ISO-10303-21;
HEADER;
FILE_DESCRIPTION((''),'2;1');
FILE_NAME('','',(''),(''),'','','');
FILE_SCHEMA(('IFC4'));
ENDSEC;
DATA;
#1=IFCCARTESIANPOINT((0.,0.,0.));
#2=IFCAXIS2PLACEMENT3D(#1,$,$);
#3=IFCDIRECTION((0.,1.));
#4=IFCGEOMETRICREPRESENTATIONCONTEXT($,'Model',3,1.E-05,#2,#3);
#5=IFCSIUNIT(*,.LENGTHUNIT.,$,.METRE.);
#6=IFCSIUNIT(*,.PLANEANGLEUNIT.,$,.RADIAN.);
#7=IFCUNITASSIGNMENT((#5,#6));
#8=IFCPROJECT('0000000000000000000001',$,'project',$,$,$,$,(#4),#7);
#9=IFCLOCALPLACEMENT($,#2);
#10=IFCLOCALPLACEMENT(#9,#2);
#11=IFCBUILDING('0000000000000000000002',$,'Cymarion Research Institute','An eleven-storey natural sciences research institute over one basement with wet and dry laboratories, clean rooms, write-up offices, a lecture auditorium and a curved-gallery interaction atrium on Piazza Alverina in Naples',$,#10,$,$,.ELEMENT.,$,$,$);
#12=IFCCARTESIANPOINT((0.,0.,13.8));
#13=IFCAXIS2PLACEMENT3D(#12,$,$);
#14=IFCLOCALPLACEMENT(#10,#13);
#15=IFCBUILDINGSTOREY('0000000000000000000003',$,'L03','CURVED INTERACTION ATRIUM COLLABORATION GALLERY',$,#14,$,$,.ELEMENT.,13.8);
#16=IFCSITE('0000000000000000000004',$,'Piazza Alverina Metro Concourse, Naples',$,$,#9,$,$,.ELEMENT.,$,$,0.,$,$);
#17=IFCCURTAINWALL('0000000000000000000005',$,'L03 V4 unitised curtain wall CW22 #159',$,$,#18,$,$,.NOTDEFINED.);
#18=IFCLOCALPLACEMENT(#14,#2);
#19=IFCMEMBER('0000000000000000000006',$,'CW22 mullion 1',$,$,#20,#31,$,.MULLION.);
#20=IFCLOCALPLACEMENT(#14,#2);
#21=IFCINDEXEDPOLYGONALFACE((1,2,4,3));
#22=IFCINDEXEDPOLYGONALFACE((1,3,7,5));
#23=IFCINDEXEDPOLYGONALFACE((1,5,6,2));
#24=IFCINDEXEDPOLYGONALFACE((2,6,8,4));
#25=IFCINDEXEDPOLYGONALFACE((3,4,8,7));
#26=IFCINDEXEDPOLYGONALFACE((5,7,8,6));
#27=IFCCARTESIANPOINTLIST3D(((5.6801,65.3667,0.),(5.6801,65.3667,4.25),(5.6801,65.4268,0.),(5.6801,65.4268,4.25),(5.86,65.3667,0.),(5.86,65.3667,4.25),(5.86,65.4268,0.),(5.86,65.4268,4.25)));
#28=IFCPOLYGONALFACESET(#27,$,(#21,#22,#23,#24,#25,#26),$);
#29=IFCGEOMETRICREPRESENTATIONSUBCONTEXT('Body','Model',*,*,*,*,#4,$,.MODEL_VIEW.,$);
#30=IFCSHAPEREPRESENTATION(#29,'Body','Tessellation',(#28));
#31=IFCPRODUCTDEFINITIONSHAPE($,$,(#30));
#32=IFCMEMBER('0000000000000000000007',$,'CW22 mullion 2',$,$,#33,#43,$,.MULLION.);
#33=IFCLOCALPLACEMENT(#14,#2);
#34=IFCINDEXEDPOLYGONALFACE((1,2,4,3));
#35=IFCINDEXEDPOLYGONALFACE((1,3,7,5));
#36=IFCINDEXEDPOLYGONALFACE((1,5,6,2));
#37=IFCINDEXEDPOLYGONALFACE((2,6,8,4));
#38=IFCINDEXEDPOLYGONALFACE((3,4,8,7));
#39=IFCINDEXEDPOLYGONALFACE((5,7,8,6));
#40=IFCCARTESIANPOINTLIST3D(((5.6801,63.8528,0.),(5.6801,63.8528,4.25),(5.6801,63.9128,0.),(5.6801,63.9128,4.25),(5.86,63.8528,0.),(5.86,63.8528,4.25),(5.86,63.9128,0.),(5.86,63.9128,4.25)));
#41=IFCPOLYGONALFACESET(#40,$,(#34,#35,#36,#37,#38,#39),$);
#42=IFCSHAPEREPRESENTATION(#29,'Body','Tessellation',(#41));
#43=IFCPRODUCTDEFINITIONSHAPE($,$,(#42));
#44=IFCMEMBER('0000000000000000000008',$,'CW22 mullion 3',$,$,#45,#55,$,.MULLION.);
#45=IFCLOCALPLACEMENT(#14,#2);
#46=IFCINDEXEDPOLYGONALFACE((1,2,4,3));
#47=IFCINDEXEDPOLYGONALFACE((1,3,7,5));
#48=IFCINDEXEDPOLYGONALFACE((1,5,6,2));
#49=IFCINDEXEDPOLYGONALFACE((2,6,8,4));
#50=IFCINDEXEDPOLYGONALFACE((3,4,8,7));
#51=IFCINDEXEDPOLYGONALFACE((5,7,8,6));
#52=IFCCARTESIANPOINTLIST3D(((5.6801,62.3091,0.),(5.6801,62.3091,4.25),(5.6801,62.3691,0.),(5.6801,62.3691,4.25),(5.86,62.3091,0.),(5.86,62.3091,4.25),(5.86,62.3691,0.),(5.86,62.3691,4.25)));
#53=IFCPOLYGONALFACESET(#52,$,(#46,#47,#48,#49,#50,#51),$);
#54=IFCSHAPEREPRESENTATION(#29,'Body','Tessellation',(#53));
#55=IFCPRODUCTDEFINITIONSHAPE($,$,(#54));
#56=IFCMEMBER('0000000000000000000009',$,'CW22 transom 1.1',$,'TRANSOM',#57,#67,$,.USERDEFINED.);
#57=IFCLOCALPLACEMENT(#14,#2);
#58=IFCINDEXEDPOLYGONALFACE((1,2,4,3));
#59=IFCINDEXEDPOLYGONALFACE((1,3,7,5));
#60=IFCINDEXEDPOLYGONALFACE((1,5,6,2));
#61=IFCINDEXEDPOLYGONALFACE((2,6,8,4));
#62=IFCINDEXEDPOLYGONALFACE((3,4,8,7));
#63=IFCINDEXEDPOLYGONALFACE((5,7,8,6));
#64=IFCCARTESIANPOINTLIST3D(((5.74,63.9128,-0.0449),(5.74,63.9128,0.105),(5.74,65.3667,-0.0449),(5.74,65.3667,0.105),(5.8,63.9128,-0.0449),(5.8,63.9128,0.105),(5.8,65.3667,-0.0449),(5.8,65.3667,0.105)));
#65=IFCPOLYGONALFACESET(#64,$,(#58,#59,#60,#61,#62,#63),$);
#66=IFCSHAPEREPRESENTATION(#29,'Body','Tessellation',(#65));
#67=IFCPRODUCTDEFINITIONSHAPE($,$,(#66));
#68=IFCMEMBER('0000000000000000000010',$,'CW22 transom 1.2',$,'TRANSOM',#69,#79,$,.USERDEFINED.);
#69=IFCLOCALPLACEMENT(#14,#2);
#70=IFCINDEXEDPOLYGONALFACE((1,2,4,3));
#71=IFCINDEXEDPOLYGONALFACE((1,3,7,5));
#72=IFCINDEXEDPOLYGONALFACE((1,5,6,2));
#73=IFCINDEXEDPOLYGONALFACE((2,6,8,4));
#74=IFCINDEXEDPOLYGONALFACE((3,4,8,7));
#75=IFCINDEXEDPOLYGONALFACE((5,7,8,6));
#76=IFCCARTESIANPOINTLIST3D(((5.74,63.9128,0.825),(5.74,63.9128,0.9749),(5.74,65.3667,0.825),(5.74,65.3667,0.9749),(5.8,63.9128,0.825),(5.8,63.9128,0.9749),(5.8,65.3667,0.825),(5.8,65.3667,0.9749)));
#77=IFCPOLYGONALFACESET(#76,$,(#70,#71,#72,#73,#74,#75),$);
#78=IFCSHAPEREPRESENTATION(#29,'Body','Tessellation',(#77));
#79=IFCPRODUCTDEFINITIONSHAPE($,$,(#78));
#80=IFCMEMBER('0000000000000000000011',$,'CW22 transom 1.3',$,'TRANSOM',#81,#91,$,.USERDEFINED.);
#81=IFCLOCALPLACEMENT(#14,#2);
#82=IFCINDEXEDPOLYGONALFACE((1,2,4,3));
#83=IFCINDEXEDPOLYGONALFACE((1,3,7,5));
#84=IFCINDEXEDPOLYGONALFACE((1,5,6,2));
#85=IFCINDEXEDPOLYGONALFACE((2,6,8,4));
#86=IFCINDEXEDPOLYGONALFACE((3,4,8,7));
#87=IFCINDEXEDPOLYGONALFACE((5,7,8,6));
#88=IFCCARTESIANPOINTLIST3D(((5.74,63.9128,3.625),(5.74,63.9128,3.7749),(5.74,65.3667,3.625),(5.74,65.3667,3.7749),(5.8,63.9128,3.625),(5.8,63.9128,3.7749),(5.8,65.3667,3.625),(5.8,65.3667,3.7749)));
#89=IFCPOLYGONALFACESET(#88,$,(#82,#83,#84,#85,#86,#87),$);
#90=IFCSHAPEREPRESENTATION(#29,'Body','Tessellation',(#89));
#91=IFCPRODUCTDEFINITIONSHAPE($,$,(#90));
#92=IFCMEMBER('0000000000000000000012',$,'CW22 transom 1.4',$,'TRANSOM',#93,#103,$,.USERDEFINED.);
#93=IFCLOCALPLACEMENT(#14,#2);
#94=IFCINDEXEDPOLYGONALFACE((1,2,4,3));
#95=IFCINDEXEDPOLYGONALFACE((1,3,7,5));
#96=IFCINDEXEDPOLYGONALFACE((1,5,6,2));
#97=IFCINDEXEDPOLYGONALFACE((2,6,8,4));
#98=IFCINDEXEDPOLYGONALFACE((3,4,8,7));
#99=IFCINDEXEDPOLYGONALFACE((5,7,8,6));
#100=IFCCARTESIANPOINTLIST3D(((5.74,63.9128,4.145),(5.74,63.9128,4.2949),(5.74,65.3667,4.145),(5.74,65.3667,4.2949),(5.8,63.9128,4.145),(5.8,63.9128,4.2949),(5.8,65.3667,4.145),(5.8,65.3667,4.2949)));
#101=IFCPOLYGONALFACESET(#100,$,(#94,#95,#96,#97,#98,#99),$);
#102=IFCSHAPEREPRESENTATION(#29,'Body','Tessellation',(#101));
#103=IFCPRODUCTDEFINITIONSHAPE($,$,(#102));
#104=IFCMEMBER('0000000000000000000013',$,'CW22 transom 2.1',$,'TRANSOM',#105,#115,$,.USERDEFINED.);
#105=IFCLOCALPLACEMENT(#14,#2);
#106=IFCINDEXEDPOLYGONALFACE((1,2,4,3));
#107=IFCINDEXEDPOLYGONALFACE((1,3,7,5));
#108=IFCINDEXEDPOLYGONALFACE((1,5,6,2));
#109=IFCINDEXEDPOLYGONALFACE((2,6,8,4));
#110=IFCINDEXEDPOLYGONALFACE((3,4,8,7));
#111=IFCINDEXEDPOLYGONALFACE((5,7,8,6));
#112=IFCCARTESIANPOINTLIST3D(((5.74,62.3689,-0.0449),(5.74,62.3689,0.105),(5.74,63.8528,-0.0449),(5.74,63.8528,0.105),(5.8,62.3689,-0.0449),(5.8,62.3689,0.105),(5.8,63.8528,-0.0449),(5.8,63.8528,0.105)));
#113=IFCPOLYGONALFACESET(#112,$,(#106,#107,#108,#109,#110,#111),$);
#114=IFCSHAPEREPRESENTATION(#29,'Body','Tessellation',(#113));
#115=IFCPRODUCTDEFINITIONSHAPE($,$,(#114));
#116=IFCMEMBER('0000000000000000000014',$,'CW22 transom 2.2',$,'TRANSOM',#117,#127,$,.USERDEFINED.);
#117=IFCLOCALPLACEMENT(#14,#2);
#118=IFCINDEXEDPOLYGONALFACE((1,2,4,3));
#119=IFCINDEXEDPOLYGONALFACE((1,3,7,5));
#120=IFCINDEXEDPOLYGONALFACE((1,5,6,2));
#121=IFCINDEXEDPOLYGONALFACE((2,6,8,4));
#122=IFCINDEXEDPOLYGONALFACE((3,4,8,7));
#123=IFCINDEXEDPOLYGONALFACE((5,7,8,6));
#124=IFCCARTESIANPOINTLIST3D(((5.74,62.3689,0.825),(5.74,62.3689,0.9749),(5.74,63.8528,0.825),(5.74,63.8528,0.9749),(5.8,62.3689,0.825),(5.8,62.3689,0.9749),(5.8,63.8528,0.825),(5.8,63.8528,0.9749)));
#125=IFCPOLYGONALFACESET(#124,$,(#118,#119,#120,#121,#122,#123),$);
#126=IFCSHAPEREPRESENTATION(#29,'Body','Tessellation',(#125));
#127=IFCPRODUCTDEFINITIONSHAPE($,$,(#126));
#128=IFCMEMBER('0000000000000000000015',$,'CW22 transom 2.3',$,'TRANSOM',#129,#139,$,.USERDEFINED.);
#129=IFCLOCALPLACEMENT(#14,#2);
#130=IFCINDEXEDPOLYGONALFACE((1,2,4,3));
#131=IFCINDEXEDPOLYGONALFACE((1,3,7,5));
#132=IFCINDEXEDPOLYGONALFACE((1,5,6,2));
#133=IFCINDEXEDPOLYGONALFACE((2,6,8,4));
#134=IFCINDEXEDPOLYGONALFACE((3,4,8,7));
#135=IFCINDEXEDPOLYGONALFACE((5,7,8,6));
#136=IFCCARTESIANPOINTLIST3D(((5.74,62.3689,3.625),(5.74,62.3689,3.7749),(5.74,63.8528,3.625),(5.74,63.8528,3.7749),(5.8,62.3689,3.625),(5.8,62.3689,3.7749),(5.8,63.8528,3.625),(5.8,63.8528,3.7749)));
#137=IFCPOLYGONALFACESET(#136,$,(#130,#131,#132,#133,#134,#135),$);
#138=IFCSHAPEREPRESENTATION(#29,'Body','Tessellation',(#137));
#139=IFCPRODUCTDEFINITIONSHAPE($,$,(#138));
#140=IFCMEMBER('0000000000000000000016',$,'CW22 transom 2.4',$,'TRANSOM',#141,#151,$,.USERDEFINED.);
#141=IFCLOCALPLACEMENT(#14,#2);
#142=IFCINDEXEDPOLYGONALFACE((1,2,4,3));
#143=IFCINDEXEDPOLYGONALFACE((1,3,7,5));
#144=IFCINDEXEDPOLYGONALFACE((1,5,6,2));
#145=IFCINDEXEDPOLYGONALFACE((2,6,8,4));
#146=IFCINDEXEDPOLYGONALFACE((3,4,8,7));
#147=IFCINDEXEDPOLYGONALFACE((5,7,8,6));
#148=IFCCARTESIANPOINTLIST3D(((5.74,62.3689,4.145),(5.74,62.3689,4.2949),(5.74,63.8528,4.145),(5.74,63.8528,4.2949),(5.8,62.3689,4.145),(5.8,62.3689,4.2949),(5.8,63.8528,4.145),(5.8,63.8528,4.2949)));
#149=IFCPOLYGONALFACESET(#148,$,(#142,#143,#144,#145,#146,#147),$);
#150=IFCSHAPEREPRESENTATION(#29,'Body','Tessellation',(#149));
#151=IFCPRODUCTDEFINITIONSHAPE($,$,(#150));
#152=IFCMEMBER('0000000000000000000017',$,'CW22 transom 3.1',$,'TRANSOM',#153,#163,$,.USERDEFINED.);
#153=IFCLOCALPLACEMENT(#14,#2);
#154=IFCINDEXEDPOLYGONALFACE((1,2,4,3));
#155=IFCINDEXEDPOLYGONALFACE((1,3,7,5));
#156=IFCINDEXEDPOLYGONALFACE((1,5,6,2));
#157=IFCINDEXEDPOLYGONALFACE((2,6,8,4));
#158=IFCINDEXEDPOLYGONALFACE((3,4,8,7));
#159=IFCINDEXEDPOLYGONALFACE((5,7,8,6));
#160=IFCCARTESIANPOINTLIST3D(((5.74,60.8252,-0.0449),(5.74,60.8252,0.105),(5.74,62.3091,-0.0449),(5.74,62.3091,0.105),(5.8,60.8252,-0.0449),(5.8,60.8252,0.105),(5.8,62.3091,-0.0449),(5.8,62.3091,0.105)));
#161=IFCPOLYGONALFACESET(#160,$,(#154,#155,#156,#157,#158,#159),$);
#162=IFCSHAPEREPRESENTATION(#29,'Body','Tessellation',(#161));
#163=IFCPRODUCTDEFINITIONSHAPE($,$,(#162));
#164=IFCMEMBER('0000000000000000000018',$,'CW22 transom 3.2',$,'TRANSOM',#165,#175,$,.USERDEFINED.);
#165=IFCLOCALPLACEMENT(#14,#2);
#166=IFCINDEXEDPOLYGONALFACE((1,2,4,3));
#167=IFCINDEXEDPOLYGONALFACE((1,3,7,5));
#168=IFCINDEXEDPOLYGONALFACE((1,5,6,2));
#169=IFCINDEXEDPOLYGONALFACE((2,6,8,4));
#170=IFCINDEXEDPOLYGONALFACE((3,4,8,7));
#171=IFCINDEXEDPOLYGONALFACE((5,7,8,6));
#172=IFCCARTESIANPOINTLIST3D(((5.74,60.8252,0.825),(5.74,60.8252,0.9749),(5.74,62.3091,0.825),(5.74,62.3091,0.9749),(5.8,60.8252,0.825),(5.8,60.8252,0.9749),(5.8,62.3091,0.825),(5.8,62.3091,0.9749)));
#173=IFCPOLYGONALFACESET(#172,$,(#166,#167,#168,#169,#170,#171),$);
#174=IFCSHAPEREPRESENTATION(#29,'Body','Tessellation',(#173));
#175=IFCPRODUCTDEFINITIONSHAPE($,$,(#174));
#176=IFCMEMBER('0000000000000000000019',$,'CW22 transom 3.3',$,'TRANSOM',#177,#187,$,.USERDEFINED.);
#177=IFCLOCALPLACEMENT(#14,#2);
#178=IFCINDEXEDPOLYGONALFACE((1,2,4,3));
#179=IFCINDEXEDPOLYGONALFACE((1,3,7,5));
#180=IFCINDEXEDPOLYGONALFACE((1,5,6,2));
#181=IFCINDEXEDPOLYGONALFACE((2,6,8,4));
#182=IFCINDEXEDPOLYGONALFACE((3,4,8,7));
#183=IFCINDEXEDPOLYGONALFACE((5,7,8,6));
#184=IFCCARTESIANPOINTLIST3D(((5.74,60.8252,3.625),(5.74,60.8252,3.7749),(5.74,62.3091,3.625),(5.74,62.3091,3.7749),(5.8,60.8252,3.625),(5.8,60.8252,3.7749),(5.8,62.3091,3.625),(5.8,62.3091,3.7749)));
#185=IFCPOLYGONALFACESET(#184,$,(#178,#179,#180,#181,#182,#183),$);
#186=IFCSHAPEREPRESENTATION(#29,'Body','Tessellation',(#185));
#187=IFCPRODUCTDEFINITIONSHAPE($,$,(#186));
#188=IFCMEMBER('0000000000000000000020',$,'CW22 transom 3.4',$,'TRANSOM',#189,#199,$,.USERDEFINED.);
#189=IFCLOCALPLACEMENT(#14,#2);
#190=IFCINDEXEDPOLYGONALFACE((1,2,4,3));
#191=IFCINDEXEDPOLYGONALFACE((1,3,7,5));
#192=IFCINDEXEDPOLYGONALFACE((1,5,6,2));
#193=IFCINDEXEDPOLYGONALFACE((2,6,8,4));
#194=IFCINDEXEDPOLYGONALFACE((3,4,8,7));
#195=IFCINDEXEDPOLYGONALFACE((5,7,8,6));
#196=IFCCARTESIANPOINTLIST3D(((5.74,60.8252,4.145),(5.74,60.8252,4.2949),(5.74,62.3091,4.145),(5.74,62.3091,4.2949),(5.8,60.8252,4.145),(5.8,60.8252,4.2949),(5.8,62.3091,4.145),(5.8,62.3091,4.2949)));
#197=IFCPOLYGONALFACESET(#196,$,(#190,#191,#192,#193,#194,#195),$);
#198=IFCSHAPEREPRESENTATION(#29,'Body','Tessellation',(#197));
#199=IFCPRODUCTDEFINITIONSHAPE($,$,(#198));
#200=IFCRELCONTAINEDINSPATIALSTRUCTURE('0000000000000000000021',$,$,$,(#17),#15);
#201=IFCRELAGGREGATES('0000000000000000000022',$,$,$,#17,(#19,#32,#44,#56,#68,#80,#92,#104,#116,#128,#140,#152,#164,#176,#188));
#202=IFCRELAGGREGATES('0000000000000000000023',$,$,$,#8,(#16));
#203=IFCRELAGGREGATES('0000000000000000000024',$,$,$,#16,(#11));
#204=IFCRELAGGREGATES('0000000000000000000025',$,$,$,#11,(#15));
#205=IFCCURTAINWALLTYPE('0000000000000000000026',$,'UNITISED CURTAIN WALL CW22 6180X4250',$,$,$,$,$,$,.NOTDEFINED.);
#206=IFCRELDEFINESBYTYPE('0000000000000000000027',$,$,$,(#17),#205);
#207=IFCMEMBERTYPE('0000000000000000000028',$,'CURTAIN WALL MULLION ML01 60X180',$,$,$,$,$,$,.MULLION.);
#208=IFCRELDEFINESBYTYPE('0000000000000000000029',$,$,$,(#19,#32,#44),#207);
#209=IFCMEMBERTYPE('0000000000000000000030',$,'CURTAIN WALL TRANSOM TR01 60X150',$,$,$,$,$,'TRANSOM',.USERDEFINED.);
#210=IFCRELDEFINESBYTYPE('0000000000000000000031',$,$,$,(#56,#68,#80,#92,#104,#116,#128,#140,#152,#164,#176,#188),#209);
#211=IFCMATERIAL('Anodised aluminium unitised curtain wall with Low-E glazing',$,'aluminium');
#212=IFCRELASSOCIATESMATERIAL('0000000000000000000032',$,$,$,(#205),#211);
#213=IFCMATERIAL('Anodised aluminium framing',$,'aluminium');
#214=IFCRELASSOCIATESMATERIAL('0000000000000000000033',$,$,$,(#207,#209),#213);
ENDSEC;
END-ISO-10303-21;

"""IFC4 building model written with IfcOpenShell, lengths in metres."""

from ifc_helpers import new_model, si_unit, direction, frame, origin, origin_2d, place, context, subcontext, project, spatial, rectangle, extrude, material, material_profile, profile_set, type_object, element, aggregate, save


model = new_model("IFC4")

# Units and contexts
model_context = context("Model", 3, precision=1e-05, world=origin(), true_north=direction((0.0, 1.0)))
body_context = subcontext(model_context, "Body", "Model", "MODEL_VIEW")
ifc_project = project(units=[si_unit("LENGTHUNIT", "METRE"), si_unit("PLANEANGLEUNIT", "RADIAN")], contexts=[model_context])

# Site, building, storey
site_placement = place(None, origin())
site = spatial("IfcSite", under=ifc_project, at=site_placement, Name="Piazza Alverina Metro Concourse, Naples", CompositionType="ELEMENT", RefElevation=0.0)
building_placement = place(site_placement, origin())
building = spatial("IfcBuilding", under=site, at=building_placement, Name="Cymarion Research Institute", Description="An eleven-storey natural sciences research institute over one basement with wet and dry laboratories, clean rooms, write-up offices, a lecture auditorium and a curved-gallery interaction atrium on Piazza Alverina in Naples", CompositionType="ELEMENT")
storey_placement = place(building_placement, frame((0.0, 0.0, 13.8)))
storey = spatial("IfcBuildingStorey", under=building, at=storey_placement, Name="L03", Description="CURVED INTERACTION ATRIUM COLLABORATION GALLERY", CompositionType="ELEMENT", Elevation=13.8)

# Curtain wall, members
ifc_material_1 = material(Name="Anodised aluminium unitised curtain wall with Low-E glazing", Category="aluminium")
curtain_wall_type = type_object("IfcCurtainWallType", Name="UNITISED CURTAIN WALL CW22 6180X4250", PredefinedType="NOTDEFINED", material=ifc_material_1)
curtain_wall_placement = place(storey_placement, origin())
curtain_wall = element("IfcCurtainWall", 1, at=curtain_wall_placement, inside=storey, type_object=curtain_wall_type, Name="L03 V4 unitised curtain wall CW22 #159", PredefinedType="NOTDEFINED")
ifc_material_2 = material(Name="Anodised aluminium framing", Category="aluminium")
ifc_material_profile_1 = material_profile(ifc_material_2, rectangle(XDim=0.0601, YDim=0.1799, at=origin_2d()), Name="ALU MULLION 60x180")
ifc_profile_set_1 = profile_set([ifc_material_profile_1], Name="Anodised aluminium framing")
member_type_1 = type_object("IfcMemberType", Name="CURTAIN WALL MULLION ML01 60X180", PredefinedType="MULLION", material=ifc_profile_set_1)
member_1_placement = place(storey_placement, frame((5.77, 65.3967, 0.0), z_axis=(0.0, 0.0, 1.0), x_axis=(0.0, -1.0, 0.0)))
member_1 = element("IfcMember", 2, at=member_1_placement, type_object=member_type_1, Name="CW22 mullion 1", PredefinedType="MULLION", context=body_context, shape_type="SweptSolid", body=[
    extrude(rectangle(XDim=0.0601, YDim=0.1799, at=origin_2d()), origin(), (0.0, 0.0, 1.0), 4.25),
])
member_2_placement = place(storey_placement, frame((5.77, 63.8828, 0.0), z_axis=(0.0, 0.0, 1.0), x_axis=(0.0, -1.0, 0.0)))
member_2 = element("IfcMember", 3, at=member_2_placement, type_object=member_type_1, Name="CW22 mullion 2", PredefinedType="MULLION", context=body_context, shape_type="SweptSolid", body=[
    extrude(rectangle(XDim=0.0601, YDim=0.1799, at=origin_2d()), origin(), (0.0, 0.0, 1.0), 4.25),
])
member_3_placement = place(storey_placement, frame((5.77, 62.3391, 0.0), z_axis=(0.0, 0.0, 1.0), x_axis=(0.0, -1.0, 0.0)))
member_3 = element("IfcMember", 4, at=member_3_placement, type_object=member_type_1, Name="CW22 mullion 3", PredefinedType="MULLION", context=body_context, shape_type="SweptSolid", body=[
    extrude(rectangle(XDim=0.0601, YDim=0.1799, at=origin_2d()), origin(), (0.0, 0.0, 1.0), 4.25),
])
ifc_material_profile_2 = material_profile(ifc_material_2, rectangle(XDim=0.0601, YDim=0.1499, at=origin_2d()), Name="ALU TRANSOM 60x150")
ifc_profile_set_2 = profile_set([ifc_material_profile_2], Name="Anodised aluminium framing")
member_type_2 = type_object("IfcMemberType", Name="CURTAIN WALL TRANSOM TR01 60X150", ElementType="TRANSOM", PredefinedType="USERDEFINED", material=ifc_profile_set_2)
member_4_placement = place(storey_placement, frame((5.77, 65.3667, 0.03), z_axis=(0.0, -1.0, 0.0), x_axis=(1.0, 0.0, 0.0)))
member_4 = element("IfcMember", 5, at=member_4_placement, type_object=member_type_2, Name="CW22 transom 1.1", ObjectType="TRANSOM", PredefinedType="USERDEFINED", context=body_context, shape_type="SweptSolid", body=[
    extrude(rectangle(XDim=0.0601, YDim=0.1499, at=origin_2d()), origin(), (0.0, 0.0, 1.0), 1.4539),
])
member_5_placement = place(storey_placement, frame((5.77, 65.3667, 0.8999), z_axis=(0.0, -1.0, 0.0), x_axis=(1.0, 0.0, 0.0)))
member_5 = element("IfcMember", 6, at=member_5_placement, type_object=member_type_2, Name="CW22 transom 1.2", ObjectType="TRANSOM", PredefinedType="USERDEFINED", context=body_context, shape_type="SweptSolid", body=[
    extrude(rectangle(XDim=0.0601, YDim=0.1499, at=origin_2d()), origin(), (0.0, 0.0, 1.0), 1.4539),
])
member_6_placement = place(storey_placement, frame((5.77, 65.3667, 3.7), z_axis=(0.0, -1.0, 0.0), x_axis=(1.0, 0.0, 0.0)))
member_6 = element("IfcMember", 7, at=member_6_placement, type_object=member_type_2, Name="CW22 transom 1.3", ObjectType="TRANSOM", PredefinedType="USERDEFINED", context=body_context, shape_type="SweptSolid", body=[
    extrude(rectangle(XDim=0.0601, YDim=0.1499, at=origin_2d()), origin(), (0.0, 0.0, 1.0), 1.4539),
])
member_7_placement = place(storey_placement, frame((5.77, 65.3667, 4.22), z_axis=(0.0, -1.0, 0.0), x_axis=(1.0, 0.0, 0.0)))
member_7 = element("IfcMember", 8, at=member_7_placement, type_object=member_type_2, Name="CW22 transom 1.4", ObjectType="TRANSOM", PredefinedType="USERDEFINED", context=body_context, shape_type="SweptSolid", body=[
    extrude(rectangle(XDim=0.0601, YDim=0.1499, at=origin_2d()), origin(), (0.0, 0.0, 1.0), 1.4539),
])
member_8_placement = place(storey_placement, frame((5.77, 63.8528, 0.03), z_axis=(0.0, -1.0, 0.0), x_axis=(1.0, 0.0, 0.0)))
member_8 = element("IfcMember", 9, at=member_8_placement, type_object=member_type_2, Name="CW22 transom 2.1", ObjectType="TRANSOM", PredefinedType="USERDEFINED", context=body_context, shape_type="SweptSolid", body=[
    extrude(rectangle(XDim=0.0601, YDim=0.1499, at=origin_2d()), origin(), (0.0, 0.0, 1.0), 1.4839),
])
member_9_placement = place(storey_placement, frame((5.77, 63.8528, 0.8999), z_axis=(0.0, -1.0, 0.0), x_axis=(1.0, 0.0, 0.0)))
member_9 = element("IfcMember", 10, at=member_9_placement, type_object=member_type_2, Name="CW22 transom 2.2", ObjectType="TRANSOM", PredefinedType="USERDEFINED", context=body_context, shape_type="SweptSolid", body=[
    extrude(rectangle(XDim=0.0601, YDim=0.1499, at=origin_2d()), origin(), (0.0, 0.0, 1.0), 1.4839),
])
member_10_placement = place(storey_placement, frame((5.77, 63.8528, 3.7), z_axis=(0.0, -1.0, 0.0), x_axis=(1.0, 0.0, 0.0)))
member_10 = element("IfcMember", 11, at=member_10_placement, type_object=member_type_2, Name="CW22 transom 2.3", ObjectType="TRANSOM", PredefinedType="USERDEFINED", context=body_context, shape_type="SweptSolid", body=[
    extrude(rectangle(XDim=0.0601, YDim=0.1499, at=origin_2d()), origin(), (0.0, 0.0, 1.0), 1.4839),
])
member_11_placement = place(storey_placement, frame((5.77, 63.8528, 4.22), z_axis=(0.0, -1.0, 0.0), x_axis=(1.0, 0.0, 0.0)))
member_11 = element("IfcMember", 12, at=member_11_placement, type_object=member_type_2, Name="CW22 transom 2.4", ObjectType="TRANSOM", PredefinedType="USERDEFINED", context=body_context, shape_type="SweptSolid", body=[
    extrude(rectangle(XDim=0.0601, YDim=0.1499, at=origin_2d()), origin(), (0.0, 0.0, 1.0), 1.4839),
])
member_12_placement = place(storey_placement, frame((5.77, 62.3091, 0.03), z_axis=(0.0, -1.0, 0.0), x_axis=(1.0, 0.0, 0.0)))
member_12 = element("IfcMember", 13, at=member_12_placement, type_object=member_type_2, Name="CW22 transom 3.1", ObjectType="TRANSOM", PredefinedType="USERDEFINED", context=body_context, shape_type="SweptSolid", body=[
    extrude(rectangle(XDim=0.0601, YDim=0.1499, at=origin_2d()), origin(), (0.0, 0.0, 1.0), 1.4839),
])
member_13_placement = place(storey_placement, frame((5.77, 62.3091, 0.8999), z_axis=(0.0, -1.0, 0.0), x_axis=(1.0, 0.0, 0.0)))
member_13 = element("IfcMember", 14, at=member_13_placement, type_object=member_type_2, Name="CW22 transom 3.2", ObjectType="TRANSOM", PredefinedType="USERDEFINED", context=body_context, shape_type="SweptSolid", body=[
    extrude(rectangle(XDim=0.0601, YDim=0.1499, at=origin_2d()), origin(), (0.0, 0.0, 1.0), 1.4839),
])
member_14_placement = place(storey_placement, frame((5.77, 62.3091, 3.7), z_axis=(0.0, -1.0, 0.0), x_axis=(1.0, 0.0, 0.0)))
member_14 = element("IfcMember", 15, at=member_14_placement, type_object=member_type_2, Name="CW22 transom 3.3", ObjectType="TRANSOM", PredefinedType="USERDEFINED", context=body_context, shape_type="SweptSolid", body=[
    extrude(rectangle(XDim=0.0601, YDim=0.1499, at=origin_2d()), origin(), (0.0, 0.0, 1.0), 1.4839),
])
member_15_placement = place(storey_placement, frame((5.77, 62.3091, 4.22), z_axis=(0.0, -1.0, 0.0), x_axis=(1.0, 0.0, 0.0)))
member_15 = element("IfcMember", 16, at=member_15_placement, type_object=member_type_2, Name="CW22 transom 3.4", ObjectType="TRANSOM", PredefinedType="USERDEFINED", context=body_context, shape_type="SweptSolid", body=[
    extrude(rectangle(XDim=0.0601, YDim=0.1499, at=origin_2d()), origin(), (0.0, 0.0, 1.0), 1.4839),
])
aggregate(curtain_wall, [member_1, member_2, member_3, member_4, member_5, member_6, member_7, member_8, member_9, member_10, member_11, member_12, member_13, member_14, member_15])

save(model, "model.ifc")
